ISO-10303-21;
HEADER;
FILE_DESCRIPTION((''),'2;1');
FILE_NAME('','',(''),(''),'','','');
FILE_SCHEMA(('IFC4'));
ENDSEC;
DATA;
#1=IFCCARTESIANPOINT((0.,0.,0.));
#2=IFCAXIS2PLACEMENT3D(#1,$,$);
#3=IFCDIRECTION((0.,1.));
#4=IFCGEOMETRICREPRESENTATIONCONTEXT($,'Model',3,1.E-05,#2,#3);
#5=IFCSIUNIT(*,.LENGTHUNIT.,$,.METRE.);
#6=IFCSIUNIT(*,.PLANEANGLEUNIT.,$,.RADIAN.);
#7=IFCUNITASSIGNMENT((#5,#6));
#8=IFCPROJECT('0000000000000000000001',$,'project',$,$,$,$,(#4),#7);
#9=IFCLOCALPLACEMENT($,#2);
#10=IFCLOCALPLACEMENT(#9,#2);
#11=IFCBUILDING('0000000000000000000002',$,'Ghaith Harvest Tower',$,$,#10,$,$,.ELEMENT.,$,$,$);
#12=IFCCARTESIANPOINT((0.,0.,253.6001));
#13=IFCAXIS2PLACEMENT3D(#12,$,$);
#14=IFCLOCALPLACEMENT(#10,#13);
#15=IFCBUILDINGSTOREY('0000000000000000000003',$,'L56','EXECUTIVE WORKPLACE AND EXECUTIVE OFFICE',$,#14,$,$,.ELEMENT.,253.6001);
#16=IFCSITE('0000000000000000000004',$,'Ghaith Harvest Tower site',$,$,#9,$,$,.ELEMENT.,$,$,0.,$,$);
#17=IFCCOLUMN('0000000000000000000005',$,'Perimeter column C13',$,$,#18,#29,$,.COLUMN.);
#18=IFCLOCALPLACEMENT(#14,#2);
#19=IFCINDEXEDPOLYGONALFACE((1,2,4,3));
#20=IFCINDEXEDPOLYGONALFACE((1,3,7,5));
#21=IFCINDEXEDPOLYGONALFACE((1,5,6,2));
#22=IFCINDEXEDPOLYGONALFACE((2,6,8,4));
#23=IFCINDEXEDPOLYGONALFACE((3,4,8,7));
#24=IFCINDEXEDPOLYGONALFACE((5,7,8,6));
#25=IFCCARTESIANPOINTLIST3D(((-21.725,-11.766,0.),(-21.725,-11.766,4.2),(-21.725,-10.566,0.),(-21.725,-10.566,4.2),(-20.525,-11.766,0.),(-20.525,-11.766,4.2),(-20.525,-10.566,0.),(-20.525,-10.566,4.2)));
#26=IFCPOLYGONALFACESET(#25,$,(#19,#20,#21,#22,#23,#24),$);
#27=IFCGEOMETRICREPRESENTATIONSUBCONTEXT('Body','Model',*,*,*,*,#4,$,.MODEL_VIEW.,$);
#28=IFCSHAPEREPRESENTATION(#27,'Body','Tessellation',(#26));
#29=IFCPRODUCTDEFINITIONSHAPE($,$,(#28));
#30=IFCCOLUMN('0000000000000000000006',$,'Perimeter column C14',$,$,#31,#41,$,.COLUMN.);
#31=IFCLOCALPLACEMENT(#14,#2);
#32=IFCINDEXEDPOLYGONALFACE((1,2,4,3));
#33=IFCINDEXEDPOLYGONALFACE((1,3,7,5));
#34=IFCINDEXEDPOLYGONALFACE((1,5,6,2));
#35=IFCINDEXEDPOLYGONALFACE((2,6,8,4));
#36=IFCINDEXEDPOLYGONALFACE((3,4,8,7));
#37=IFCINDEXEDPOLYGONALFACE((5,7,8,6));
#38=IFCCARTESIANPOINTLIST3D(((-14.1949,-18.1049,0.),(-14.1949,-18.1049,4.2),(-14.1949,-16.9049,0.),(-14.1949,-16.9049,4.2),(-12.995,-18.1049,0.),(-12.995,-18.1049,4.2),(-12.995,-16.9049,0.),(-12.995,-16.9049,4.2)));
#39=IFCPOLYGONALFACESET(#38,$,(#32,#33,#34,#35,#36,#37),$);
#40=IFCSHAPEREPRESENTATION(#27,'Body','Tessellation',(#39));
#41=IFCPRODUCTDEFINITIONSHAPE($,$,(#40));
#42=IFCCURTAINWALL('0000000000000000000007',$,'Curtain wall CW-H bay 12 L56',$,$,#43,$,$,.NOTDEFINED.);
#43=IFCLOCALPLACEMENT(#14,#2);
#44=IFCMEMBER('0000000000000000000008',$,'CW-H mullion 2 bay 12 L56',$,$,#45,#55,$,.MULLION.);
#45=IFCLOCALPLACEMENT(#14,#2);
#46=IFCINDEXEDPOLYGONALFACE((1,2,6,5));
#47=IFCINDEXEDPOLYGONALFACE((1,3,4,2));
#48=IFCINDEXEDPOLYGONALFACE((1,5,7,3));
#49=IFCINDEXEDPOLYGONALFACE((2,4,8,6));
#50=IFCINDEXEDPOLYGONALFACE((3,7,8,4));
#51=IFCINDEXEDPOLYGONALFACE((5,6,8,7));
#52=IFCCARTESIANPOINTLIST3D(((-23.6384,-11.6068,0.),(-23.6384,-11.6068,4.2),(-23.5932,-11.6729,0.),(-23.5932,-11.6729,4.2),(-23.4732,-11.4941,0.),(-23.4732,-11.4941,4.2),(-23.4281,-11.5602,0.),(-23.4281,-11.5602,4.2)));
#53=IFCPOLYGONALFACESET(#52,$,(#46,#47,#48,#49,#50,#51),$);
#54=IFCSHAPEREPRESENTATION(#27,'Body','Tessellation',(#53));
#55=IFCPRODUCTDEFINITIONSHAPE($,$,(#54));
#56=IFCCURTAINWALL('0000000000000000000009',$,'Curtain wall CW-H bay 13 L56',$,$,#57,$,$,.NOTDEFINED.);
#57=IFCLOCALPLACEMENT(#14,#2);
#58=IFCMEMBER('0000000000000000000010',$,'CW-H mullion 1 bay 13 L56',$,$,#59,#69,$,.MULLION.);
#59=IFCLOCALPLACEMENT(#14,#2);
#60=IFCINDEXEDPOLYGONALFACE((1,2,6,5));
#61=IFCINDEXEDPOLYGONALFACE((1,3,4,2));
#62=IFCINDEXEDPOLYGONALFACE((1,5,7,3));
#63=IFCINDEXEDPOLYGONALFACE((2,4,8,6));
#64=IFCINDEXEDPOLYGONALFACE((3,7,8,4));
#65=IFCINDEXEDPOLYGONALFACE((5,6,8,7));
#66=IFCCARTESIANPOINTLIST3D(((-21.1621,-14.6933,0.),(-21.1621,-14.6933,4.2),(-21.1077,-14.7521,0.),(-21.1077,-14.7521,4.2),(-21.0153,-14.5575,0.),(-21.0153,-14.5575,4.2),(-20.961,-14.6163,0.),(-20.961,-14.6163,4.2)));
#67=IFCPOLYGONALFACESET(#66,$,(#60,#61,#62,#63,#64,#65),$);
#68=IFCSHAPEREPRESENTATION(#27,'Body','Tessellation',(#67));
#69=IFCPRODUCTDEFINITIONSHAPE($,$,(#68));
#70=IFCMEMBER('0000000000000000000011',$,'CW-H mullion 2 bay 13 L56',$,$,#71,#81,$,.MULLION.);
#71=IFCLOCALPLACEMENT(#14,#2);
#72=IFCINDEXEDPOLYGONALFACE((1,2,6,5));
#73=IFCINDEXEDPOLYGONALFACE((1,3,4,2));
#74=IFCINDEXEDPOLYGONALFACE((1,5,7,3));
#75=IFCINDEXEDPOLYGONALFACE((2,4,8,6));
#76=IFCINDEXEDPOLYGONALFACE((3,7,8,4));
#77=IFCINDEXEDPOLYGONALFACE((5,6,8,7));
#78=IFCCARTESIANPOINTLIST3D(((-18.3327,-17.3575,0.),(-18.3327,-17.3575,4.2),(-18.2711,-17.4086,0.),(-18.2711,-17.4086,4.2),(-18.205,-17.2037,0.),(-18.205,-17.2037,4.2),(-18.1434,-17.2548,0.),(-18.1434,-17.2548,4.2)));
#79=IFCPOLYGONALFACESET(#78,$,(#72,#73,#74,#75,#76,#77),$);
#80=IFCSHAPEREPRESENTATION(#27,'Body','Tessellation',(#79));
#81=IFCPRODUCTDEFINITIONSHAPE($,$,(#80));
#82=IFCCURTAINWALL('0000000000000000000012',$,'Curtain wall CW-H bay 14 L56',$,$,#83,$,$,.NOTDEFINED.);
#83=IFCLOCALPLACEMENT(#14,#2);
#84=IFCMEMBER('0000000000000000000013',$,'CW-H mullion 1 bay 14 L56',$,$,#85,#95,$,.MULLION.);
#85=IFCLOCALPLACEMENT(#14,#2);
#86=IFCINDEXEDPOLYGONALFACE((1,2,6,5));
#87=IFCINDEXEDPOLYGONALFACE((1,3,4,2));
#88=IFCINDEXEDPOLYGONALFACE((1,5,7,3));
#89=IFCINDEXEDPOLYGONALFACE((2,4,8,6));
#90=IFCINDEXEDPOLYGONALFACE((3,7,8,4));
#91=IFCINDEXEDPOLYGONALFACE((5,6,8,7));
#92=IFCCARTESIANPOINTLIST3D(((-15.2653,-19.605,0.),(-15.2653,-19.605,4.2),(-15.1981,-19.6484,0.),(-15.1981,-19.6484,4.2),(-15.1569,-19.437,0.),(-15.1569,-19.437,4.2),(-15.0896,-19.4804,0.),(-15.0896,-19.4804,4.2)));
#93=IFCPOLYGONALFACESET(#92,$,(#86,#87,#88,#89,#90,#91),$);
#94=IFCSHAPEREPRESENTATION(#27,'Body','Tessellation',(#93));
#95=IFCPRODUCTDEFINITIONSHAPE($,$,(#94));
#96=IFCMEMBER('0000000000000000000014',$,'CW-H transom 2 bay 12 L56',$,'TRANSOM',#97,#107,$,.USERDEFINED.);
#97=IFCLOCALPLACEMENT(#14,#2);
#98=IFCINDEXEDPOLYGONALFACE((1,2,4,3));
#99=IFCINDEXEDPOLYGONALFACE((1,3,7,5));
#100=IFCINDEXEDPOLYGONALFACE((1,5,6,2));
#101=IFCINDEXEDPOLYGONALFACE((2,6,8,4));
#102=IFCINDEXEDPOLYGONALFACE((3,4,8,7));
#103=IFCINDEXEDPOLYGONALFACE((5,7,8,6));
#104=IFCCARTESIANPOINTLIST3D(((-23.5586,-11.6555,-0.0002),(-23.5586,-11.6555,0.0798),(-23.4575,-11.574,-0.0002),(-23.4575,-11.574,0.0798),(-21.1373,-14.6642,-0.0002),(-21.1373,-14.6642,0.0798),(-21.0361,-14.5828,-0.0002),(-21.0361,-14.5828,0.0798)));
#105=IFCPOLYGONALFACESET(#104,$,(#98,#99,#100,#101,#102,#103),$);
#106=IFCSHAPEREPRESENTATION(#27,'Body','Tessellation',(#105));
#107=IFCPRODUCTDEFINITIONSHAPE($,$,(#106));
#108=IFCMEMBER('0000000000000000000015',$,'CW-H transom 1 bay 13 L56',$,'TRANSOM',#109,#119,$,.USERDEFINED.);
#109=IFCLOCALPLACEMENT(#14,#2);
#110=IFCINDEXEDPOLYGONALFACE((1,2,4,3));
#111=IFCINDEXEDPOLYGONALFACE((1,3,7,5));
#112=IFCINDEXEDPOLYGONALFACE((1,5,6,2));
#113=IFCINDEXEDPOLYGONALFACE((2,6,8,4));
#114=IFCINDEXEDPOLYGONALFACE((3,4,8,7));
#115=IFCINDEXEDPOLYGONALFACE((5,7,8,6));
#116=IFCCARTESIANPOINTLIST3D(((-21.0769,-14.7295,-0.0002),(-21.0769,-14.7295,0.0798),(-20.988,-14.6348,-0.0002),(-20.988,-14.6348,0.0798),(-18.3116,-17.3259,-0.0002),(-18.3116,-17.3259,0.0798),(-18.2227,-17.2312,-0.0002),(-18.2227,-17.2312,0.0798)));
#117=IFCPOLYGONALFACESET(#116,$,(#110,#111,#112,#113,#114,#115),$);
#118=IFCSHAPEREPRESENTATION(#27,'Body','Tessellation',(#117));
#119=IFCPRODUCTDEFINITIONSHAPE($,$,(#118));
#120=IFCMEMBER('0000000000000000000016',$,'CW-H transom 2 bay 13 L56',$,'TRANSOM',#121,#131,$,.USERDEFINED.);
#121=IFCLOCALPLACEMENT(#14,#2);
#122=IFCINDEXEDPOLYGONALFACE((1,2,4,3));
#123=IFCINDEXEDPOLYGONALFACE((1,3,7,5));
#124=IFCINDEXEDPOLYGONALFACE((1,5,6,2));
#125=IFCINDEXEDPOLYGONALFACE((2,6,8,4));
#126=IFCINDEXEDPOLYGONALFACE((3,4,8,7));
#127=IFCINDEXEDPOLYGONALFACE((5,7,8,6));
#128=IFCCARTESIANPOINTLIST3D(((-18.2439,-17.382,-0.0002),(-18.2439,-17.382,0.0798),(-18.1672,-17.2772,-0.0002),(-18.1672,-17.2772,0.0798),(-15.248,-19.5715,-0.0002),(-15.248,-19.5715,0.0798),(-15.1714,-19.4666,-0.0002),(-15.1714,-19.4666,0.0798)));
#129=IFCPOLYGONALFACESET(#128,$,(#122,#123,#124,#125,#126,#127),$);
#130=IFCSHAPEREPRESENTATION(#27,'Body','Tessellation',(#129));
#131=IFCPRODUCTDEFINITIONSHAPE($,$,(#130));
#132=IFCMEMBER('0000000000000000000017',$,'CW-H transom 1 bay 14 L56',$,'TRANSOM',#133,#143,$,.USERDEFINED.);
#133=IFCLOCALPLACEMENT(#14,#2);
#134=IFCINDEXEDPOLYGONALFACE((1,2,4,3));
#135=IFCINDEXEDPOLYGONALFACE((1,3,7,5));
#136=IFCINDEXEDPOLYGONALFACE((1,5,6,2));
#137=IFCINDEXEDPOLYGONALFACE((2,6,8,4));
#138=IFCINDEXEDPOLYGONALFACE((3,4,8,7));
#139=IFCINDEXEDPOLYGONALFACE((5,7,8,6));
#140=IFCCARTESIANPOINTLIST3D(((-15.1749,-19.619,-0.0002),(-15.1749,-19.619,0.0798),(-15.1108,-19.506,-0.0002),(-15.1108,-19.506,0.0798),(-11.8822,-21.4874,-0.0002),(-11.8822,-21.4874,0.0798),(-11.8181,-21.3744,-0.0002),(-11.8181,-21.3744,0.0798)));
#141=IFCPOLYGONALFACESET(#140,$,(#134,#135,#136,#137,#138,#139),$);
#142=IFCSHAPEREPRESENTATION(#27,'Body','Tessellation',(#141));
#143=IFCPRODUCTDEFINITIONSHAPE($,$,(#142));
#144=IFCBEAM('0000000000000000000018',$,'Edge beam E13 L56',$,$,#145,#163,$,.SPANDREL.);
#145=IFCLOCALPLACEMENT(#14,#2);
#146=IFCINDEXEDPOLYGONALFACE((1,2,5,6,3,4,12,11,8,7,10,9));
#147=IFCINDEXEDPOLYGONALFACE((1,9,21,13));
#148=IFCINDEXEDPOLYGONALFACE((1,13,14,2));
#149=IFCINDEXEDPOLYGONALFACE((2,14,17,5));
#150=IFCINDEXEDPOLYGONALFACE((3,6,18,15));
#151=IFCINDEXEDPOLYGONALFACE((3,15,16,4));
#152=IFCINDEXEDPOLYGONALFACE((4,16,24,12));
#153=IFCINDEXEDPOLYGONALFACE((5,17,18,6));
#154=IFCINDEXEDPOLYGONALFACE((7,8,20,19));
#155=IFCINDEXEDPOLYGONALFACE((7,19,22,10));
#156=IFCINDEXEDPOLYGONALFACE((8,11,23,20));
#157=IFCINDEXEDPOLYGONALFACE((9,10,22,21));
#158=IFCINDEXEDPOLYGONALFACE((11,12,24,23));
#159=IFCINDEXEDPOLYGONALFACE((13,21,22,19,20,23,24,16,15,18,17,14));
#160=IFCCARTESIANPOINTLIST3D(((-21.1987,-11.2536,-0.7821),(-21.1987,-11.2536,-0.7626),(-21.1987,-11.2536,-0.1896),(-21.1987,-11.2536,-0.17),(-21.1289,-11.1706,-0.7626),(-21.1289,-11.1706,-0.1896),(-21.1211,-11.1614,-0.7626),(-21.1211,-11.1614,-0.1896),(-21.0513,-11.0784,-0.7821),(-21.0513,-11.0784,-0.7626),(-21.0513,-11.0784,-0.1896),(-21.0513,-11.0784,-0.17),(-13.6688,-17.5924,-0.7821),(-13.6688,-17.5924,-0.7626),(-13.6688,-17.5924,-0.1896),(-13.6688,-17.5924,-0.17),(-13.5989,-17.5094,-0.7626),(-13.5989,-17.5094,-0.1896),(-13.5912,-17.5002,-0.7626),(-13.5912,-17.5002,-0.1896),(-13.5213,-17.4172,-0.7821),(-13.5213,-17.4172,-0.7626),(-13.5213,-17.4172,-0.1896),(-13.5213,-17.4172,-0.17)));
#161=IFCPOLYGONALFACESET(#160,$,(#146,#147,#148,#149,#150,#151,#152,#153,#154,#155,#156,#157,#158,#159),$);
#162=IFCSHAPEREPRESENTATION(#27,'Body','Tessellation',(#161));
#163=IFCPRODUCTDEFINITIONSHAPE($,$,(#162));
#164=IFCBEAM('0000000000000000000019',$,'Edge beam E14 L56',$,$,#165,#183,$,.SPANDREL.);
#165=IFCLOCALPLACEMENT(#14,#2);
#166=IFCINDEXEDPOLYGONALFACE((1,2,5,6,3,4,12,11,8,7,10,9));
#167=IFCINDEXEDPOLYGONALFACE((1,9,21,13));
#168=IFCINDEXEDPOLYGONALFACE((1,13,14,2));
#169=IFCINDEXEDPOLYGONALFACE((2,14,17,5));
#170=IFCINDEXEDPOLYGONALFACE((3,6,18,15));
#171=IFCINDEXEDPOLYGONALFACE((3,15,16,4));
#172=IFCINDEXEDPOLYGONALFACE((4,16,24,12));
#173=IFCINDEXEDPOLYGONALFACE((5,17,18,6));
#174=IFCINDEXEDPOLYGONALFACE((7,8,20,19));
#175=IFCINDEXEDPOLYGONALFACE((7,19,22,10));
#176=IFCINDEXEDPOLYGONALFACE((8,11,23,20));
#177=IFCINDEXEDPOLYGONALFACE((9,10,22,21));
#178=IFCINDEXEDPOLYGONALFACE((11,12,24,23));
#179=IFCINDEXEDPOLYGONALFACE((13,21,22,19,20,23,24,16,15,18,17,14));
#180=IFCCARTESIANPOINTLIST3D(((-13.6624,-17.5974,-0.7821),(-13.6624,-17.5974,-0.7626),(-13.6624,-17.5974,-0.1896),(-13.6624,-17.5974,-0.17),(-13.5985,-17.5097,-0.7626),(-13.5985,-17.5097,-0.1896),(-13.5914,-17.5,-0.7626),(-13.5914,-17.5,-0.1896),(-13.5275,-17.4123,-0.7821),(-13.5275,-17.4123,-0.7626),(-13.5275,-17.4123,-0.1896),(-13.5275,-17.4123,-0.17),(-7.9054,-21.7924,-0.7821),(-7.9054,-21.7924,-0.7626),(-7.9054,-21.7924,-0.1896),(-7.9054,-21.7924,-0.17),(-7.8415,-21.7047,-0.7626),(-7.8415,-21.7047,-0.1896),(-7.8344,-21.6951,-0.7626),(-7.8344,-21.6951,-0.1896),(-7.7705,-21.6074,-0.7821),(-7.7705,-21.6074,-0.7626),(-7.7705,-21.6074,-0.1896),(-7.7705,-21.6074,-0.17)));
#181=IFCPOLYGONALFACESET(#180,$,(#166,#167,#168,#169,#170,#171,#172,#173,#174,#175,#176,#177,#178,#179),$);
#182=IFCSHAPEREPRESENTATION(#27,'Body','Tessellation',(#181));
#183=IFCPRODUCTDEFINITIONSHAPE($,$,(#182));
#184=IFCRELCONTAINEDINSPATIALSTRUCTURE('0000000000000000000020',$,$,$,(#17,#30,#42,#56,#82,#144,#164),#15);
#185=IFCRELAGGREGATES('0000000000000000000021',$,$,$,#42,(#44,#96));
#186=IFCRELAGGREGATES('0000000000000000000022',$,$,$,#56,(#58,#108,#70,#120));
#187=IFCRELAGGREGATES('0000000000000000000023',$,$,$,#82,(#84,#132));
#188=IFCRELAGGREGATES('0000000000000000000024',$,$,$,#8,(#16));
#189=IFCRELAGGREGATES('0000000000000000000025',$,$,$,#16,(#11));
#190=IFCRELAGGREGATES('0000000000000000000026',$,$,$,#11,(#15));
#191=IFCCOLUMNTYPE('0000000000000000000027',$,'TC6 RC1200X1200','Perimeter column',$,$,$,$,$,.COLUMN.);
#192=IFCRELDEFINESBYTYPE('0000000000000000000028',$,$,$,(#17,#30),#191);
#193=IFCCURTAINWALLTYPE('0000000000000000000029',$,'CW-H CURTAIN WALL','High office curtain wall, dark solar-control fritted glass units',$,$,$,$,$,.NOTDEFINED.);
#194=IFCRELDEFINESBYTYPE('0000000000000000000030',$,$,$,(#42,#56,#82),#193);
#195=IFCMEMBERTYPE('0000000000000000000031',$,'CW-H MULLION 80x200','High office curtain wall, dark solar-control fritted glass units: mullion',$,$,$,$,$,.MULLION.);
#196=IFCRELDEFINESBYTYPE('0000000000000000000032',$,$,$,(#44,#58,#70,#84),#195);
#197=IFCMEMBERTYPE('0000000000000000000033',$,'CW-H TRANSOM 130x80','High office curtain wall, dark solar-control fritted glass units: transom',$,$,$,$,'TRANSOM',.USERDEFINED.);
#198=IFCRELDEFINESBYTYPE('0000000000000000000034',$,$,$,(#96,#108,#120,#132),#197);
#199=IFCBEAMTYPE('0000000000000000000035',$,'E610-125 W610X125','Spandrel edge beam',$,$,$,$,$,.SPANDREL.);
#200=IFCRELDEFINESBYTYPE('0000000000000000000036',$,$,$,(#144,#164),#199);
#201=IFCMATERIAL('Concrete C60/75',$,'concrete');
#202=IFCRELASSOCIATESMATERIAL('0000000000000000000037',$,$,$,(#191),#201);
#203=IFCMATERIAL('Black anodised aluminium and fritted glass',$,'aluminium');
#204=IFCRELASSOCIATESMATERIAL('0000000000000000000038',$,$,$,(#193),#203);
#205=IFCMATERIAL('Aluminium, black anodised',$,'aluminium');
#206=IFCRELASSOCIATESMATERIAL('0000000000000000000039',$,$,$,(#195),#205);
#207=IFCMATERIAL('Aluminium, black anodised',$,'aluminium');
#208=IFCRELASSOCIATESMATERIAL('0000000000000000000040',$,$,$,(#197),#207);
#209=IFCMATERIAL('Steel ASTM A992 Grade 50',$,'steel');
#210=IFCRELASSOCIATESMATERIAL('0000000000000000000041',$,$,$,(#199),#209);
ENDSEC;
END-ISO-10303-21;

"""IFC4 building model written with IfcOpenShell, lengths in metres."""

from ifc_helpers import new_model, si_unit, direction, frame, origin, origin_2d, place, context, subcontext, project, spatial, rectangle, i_section, extrude, material, material_profile, profile_set, type_object, element, aggregate, save


model = new_model("IFC4")

# Units and contexts
model_context = context("Model", 3, precision=1e-05, world=origin(), true_north=direction((0.0, 1.0)))
body_context = subcontext(model_context, "Body", "Model", "MODEL_VIEW")
ifc_project = project(units=[si_unit("LENGTHUNIT", "METRE"), si_unit("PLANEANGLEUNIT", "RADIAN")], contexts=[model_context])

# Site, building, storey
site_placement = place(None, origin())
site = spatial("IfcSite", under=ifc_project, at=site_placement, Name="Ghaith Harvest Tower site", CompositionType="ELEMENT", RefElevation=0.0)
building_placement = place(site_placement, origin())
building = spatial("IfcBuilding", under=site, at=building_placement, Name="Ghaith Harvest Tower", CompositionType="ELEMENT")
storey_placement = place(building_placement, frame((0.0, 0.0, 253.6001)))
storey = spatial("IfcBuildingStorey", under=building, at=storey_placement, Name="L56", Description="EXECUTIVE WORKPLACE AND EXECUTIVE OFFICE", CompositionType="ELEMENT", Elevation=253.6001)

# Columns
ifc_material_1 = material(Name="Concrete C60/75", Category="concrete")
ifc_material_profile_1 = material_profile(ifc_material_1, rectangle(XDim=1.2, YDim=1.2, at=origin_2d()), Name="RC1200X1200")
ifc_profile_set_1 = profile_set([ifc_material_profile_1], Name="Concrete C60/75")
column_type = type_object("IfcColumnType", Name="TC6 RC1200X1200", Description="Perimeter column", PredefinedType="COLUMN", material=ifc_profile_set_1)
for number, where, z_axis, x_axis, name in (
    (1, (-21.125, -11.166, 0.0), (0.0, 0.0, 1.0), (1.0, 0.0, 0.0), "Perimeter column C13"),
    (2, (-13.595, -17.5049, 0.0), (0.0, 0.0, 1.0), (1.0, 0.0, 0.0), "Perimeter column C14"),
):
    element("IfcColumn", number, at=place(storey_placement, frame(where, z_axis=z_axis, x_axis=x_axis)), inside=storey, type_object=column_type, Name=name, PredefinedType="COLUMN", context=body_context, shape_type="SweptSolid", body=[
        extrude(rectangle(XDim=1.2, YDim=1.2, at=origin_2d()), origin(), (0.0, 0.0, 1.0), 4.2),
    ])

# Curtain wall, member
ifc_material_2 = material(Name="Black anodised aluminium and fritted glass", Category="aluminium")
curtain_wall_type = type_object("IfcCurtainWallType", Name="CW-H CURTAIN WALL", Description="High office curtain wall, dark solar-control fritted glass units", PredefinedType="NOTDEFINED", material=ifc_material_2)
curtain_wall_1_placement = place(storey_placement, origin())
curtain_wall_1 = element("IfcCurtainWall", 3, at=curtain_wall_1_placement, inside=storey, type_object=curtain_wall_type, Name="Curtain wall CW-H bay 12 L56", PredefinedType="NOTDEFINED")
ifc_material_3 = material(Name="Aluminium, black anodised", Category="aluminium")
ifc_material_profile_2 = material_profile(ifc_material_3, rectangle(XDim=0.0801, YDim=0.2, at=origin_2d()), Name="CW-H MULLION 80x200")
ifc_profile_set_2 = profile_set([ifc_material_profile_2], Name="Aluminium, black anodised")
member_type_1 = type_object("IfcMemberType", Name="CW-H MULLION 80x200", Description="High office curtain wall, dark solar-control fritted glass units: mullion", PredefinedType="MULLION", material=ifc_profile_set_2)
member_1_placement = place(storey_placement, frame((-23.5332, -11.5835, 0.0), z_axis=(0.0, 0.0, 1.0), x_axis=(0.563617, -0.826037, 0.0)))
member_1 = element("IfcMember", 4, at=member_1_placement, type_object=member_type_1, Name="CW-H mullion 2 bay 12 L56", PredefinedType="MULLION", context=body_context, shape_type="SweptSolid", body=[
    extrude(rectangle(XDim=0.0801, YDim=0.2, at=origin_2d()), origin(), (0.0, 0.0, 1.0), 4.2),
])

# Curtain wall, members
curtain_wall_2_placement = place(storey_placement, origin())
curtain_wall_2 = element("IfcCurtainWall", 5, at=curtain_wall_2_placement, inside=storey, type_object=curtain_wall_type, Name="Curtain wall CW-H bay 13 L56", PredefinedType="NOTDEFINED")
member_2_placement = place(storey_placement, frame((-21.0615, -14.6548, 0.0), z_axis=(0.0, 0.0, 1.0), x_axis=(0.679182, -0.73397, 0.0)))
member_2 = element("IfcMember", 6, at=member_2_placement, type_object=member_type_1, Name="CW-H mullion 1 bay 13 L56", PredefinedType="MULLION", context=body_context, shape_type="SweptSolid", body=[
    extrude(rectangle(XDim=0.0801, YDim=0.2, at=origin_2d()), origin(), (0.0, 0.0, 1.0), 4.2),
])
member_3_placement = place(storey_placement, frame((-18.238, -17.3062, 0.0), z_axis=(0.0, 0.0, 1.0), x_axis=(0.769217, -0.638988, 0.0)))
member_3 = element("IfcMember", 7, at=member_3_placement, type_object=member_type_1, Name="CW-H mullion 2 bay 13 L56", PredefinedType="MULLION", context=body_context, shape_type="SweptSolid", body=[
    extrude(rectangle(XDim=0.0801, YDim=0.2, at=origin_2d()), origin(), (0.0, 0.0, 1.0), 4.2),
])

# Curtain wall, member
curtain_wall_3_placement = place(storey_placement, origin())
curtain_wall_3 = element("IfcCurtainWall", 8, at=curtain_wall_3_placement, inside=storey, type_object=curtain_wall_type, Name="Curtain wall CW-H bay 14 L56", PredefinedType="NOTDEFINED")
member_4_placement = place(storey_placement, frame((-15.1775, -19.5427, 0.0), z_axis=(0.0, 0.0, 1.0), x_axis=(0.840234, -0.542225, 0.0)))
member_4 = element("IfcMember", 9, at=member_4_placement, type_object=member_type_1, Name="CW-H mullion 1 bay 14 L56", PredefinedType="MULLION", context=body_context, shape_type="SweptSolid", body=[
    extrude(rectangle(XDim=0.0801, YDim=0.2, at=origin_2d()), origin(), (0.0, 0.0, 1.0), 4.2),
])

# Members
ifc_material_4 = material(Name="Aluminium, black anodised", Category="aluminium")
ifc_material_profile_3 = material_profile(ifc_material_4, rectangle(XDim=0.1299, YDim=0.0801, at=origin_2d()), Name="CW-H TRANSOM 130x80")
ifc_profile_set_3 = profile_set([ifc_material_profile_3], Name="Aluminium, black anodised")
member_type_2 = type_object("IfcMemberType", Name="CW-H TRANSOM 130x80", Description="High office curtain wall, dark solar-control fritted glass units: transom", ElementType="TRANSOM", PredefinedType="USERDEFINED", material=ifc_profile_set_3)
member_5_placement = place(storey_placement, frame((-23.5081, -11.6147, 0.0398), z_axis=(0.626959, -0.779052, 0.0), x_axis=(0.779052, 0.626959, 0.0)))
member_5 = element("IfcMember", 10, at=member_5_placement, type_object=member_type_2, Name="CW-H transom 2 bay 12 L56", ObjectType="TRANSOM", PredefinedType="USERDEFINED", context=body_context, shape_type="SweptSolid", body=[
    extrude(rectangle(XDim=0.1299, YDim=0.0801, at=origin_2d()), origin(), (0.0, 0.0, 1.0), 3.8621),
])
member_6_placement = place(storey_placement, frame((-21.0325, -14.6821, 0.0398), z_axis=(0.729025, -0.684487, 0.0), x_axis=(0.684487, 0.729025, 0.0)))
member_6 = element("IfcMember", 11, at=member_6_placement, type_object=member_type_2, Name="CW-H transom 1 bay 13 L56", ObjectType="TRANSOM", PredefinedType="USERDEFINED", context=body_context, shape_type="SweptSolid", body=[
    extrude(rectangle(XDim=0.1299, YDim=0.0801, at=origin_2d()), origin(), (0.0, 0.0, 1.0), 3.7932),
])
member_7_placement = place(storey_placement, frame((-18.2056, -17.3296, 0.0398), z_axis=(0.807368, -0.590048, 0.0), x_axis=(0.590048, 0.807368, 0.0)))
member_7 = element("IfcMember", 12, at=member_7_placement, type_object=member_type_2, Name="CW-H transom 2 bay 13 L56", ObjectType="TRANSOM", PredefinedType="USERDEFINED", context=body_context, shape_type="SweptSolid", body=[
    extrude(rectangle(XDim=0.1299, YDim=0.0801, at=origin_2d()), origin(), (0.0, 0.0, 1.0), 3.7107),
])
member_8_placement = place(storey_placement, frame((-15.1428, -19.5625, 0.0398), z_axis=(0.869735, -0.493519, 0.0), x_axis=(0.493519, 0.869735, 0.0)))
member_8 = element("IfcMember", 13, at=member_8_placement, type_object=member_type_2, Name="CW-H transom 1 bay 14 L56", ObjectType="TRANSOM", PredefinedType="USERDEFINED", context=body_context, shape_type="SweptSolid", body=[
    extrude(rectangle(XDim=0.1299, YDim=0.0801, at=origin_2d()), origin(), (0.0, 0.0, 1.0), 3.7859),
])

# Beams
ifc_material_5 = material(Name="Steel ASTM A992 Grade 50", Category="steel")
ifc_material_profile_4 = material_profile(ifc_material_5, i_section(OverallWidth=0.229, OverallDepth=0.6121, WebThickness=0.012, FlangeThickness=0.0195, at=origin_2d()), Name="W610X125")
ifc_profile_set_4 = profile_set([ifc_material_profile_4], Name="Steel ASTM A992 Grade 50")
beam_type = type_object("IfcBeamType", Name="E610-125 W610X125", Description="Spandrel edge beam", PredefinedType="SPANDREL", material=ifc_profile_set_4)
beam_1_placement = place(storey_placement, frame((-21.125, -11.166, -0.4761), z_axis=(0.765022, -0.644004, 0.0), x_axis=(0.644004, 0.765022, 0.0)))
element("IfcBeam", 14, at=beam_1_placement, inside=storey, type_object=beam_type, Name="Edge beam E13 L56", PredefinedType="SPANDREL", context=body_context, shape_type="SweptSolid", body=[
    extrude(i_section(OverallWidth=0.229, OverallDepth=0.6121, WebThickness=0.012, FlangeThickness=0.0195, at=origin_2d()), origin(), (0.0, 0.0, 1.0), 9.8428),
])
beam_2_placement = place(storey_placement, frame((-13.595, -17.5049, -0.4761), z_axis=(0.808195, -0.588915, 0.0), x_axis=(0.588915, 0.808195, 0.0)))
element("IfcBeam", 15, at=beam_2_placement, inside=storey, type_object=beam_type, Name="Edge beam E14 L56", PredefinedType="SPANDREL", context=body_context, shape_type="SweptSolid", body=[
    extrude(i_section(OverallWidth=0.229, OverallDepth=0.6121, WebThickness=0.012, FlangeThickness=0.0195, at=origin_2d()), origin(), (0.0, 0.0, 1.0), 7.1233),
])

aggregate(curtain_wall_1, [member_1, member_5])
aggregate(curtain_wall_2, [member_2, member_6, member_3, member_7])
aggregate(curtain_wall_3, [member_4, member_8])

save(model, "model.ifc")
